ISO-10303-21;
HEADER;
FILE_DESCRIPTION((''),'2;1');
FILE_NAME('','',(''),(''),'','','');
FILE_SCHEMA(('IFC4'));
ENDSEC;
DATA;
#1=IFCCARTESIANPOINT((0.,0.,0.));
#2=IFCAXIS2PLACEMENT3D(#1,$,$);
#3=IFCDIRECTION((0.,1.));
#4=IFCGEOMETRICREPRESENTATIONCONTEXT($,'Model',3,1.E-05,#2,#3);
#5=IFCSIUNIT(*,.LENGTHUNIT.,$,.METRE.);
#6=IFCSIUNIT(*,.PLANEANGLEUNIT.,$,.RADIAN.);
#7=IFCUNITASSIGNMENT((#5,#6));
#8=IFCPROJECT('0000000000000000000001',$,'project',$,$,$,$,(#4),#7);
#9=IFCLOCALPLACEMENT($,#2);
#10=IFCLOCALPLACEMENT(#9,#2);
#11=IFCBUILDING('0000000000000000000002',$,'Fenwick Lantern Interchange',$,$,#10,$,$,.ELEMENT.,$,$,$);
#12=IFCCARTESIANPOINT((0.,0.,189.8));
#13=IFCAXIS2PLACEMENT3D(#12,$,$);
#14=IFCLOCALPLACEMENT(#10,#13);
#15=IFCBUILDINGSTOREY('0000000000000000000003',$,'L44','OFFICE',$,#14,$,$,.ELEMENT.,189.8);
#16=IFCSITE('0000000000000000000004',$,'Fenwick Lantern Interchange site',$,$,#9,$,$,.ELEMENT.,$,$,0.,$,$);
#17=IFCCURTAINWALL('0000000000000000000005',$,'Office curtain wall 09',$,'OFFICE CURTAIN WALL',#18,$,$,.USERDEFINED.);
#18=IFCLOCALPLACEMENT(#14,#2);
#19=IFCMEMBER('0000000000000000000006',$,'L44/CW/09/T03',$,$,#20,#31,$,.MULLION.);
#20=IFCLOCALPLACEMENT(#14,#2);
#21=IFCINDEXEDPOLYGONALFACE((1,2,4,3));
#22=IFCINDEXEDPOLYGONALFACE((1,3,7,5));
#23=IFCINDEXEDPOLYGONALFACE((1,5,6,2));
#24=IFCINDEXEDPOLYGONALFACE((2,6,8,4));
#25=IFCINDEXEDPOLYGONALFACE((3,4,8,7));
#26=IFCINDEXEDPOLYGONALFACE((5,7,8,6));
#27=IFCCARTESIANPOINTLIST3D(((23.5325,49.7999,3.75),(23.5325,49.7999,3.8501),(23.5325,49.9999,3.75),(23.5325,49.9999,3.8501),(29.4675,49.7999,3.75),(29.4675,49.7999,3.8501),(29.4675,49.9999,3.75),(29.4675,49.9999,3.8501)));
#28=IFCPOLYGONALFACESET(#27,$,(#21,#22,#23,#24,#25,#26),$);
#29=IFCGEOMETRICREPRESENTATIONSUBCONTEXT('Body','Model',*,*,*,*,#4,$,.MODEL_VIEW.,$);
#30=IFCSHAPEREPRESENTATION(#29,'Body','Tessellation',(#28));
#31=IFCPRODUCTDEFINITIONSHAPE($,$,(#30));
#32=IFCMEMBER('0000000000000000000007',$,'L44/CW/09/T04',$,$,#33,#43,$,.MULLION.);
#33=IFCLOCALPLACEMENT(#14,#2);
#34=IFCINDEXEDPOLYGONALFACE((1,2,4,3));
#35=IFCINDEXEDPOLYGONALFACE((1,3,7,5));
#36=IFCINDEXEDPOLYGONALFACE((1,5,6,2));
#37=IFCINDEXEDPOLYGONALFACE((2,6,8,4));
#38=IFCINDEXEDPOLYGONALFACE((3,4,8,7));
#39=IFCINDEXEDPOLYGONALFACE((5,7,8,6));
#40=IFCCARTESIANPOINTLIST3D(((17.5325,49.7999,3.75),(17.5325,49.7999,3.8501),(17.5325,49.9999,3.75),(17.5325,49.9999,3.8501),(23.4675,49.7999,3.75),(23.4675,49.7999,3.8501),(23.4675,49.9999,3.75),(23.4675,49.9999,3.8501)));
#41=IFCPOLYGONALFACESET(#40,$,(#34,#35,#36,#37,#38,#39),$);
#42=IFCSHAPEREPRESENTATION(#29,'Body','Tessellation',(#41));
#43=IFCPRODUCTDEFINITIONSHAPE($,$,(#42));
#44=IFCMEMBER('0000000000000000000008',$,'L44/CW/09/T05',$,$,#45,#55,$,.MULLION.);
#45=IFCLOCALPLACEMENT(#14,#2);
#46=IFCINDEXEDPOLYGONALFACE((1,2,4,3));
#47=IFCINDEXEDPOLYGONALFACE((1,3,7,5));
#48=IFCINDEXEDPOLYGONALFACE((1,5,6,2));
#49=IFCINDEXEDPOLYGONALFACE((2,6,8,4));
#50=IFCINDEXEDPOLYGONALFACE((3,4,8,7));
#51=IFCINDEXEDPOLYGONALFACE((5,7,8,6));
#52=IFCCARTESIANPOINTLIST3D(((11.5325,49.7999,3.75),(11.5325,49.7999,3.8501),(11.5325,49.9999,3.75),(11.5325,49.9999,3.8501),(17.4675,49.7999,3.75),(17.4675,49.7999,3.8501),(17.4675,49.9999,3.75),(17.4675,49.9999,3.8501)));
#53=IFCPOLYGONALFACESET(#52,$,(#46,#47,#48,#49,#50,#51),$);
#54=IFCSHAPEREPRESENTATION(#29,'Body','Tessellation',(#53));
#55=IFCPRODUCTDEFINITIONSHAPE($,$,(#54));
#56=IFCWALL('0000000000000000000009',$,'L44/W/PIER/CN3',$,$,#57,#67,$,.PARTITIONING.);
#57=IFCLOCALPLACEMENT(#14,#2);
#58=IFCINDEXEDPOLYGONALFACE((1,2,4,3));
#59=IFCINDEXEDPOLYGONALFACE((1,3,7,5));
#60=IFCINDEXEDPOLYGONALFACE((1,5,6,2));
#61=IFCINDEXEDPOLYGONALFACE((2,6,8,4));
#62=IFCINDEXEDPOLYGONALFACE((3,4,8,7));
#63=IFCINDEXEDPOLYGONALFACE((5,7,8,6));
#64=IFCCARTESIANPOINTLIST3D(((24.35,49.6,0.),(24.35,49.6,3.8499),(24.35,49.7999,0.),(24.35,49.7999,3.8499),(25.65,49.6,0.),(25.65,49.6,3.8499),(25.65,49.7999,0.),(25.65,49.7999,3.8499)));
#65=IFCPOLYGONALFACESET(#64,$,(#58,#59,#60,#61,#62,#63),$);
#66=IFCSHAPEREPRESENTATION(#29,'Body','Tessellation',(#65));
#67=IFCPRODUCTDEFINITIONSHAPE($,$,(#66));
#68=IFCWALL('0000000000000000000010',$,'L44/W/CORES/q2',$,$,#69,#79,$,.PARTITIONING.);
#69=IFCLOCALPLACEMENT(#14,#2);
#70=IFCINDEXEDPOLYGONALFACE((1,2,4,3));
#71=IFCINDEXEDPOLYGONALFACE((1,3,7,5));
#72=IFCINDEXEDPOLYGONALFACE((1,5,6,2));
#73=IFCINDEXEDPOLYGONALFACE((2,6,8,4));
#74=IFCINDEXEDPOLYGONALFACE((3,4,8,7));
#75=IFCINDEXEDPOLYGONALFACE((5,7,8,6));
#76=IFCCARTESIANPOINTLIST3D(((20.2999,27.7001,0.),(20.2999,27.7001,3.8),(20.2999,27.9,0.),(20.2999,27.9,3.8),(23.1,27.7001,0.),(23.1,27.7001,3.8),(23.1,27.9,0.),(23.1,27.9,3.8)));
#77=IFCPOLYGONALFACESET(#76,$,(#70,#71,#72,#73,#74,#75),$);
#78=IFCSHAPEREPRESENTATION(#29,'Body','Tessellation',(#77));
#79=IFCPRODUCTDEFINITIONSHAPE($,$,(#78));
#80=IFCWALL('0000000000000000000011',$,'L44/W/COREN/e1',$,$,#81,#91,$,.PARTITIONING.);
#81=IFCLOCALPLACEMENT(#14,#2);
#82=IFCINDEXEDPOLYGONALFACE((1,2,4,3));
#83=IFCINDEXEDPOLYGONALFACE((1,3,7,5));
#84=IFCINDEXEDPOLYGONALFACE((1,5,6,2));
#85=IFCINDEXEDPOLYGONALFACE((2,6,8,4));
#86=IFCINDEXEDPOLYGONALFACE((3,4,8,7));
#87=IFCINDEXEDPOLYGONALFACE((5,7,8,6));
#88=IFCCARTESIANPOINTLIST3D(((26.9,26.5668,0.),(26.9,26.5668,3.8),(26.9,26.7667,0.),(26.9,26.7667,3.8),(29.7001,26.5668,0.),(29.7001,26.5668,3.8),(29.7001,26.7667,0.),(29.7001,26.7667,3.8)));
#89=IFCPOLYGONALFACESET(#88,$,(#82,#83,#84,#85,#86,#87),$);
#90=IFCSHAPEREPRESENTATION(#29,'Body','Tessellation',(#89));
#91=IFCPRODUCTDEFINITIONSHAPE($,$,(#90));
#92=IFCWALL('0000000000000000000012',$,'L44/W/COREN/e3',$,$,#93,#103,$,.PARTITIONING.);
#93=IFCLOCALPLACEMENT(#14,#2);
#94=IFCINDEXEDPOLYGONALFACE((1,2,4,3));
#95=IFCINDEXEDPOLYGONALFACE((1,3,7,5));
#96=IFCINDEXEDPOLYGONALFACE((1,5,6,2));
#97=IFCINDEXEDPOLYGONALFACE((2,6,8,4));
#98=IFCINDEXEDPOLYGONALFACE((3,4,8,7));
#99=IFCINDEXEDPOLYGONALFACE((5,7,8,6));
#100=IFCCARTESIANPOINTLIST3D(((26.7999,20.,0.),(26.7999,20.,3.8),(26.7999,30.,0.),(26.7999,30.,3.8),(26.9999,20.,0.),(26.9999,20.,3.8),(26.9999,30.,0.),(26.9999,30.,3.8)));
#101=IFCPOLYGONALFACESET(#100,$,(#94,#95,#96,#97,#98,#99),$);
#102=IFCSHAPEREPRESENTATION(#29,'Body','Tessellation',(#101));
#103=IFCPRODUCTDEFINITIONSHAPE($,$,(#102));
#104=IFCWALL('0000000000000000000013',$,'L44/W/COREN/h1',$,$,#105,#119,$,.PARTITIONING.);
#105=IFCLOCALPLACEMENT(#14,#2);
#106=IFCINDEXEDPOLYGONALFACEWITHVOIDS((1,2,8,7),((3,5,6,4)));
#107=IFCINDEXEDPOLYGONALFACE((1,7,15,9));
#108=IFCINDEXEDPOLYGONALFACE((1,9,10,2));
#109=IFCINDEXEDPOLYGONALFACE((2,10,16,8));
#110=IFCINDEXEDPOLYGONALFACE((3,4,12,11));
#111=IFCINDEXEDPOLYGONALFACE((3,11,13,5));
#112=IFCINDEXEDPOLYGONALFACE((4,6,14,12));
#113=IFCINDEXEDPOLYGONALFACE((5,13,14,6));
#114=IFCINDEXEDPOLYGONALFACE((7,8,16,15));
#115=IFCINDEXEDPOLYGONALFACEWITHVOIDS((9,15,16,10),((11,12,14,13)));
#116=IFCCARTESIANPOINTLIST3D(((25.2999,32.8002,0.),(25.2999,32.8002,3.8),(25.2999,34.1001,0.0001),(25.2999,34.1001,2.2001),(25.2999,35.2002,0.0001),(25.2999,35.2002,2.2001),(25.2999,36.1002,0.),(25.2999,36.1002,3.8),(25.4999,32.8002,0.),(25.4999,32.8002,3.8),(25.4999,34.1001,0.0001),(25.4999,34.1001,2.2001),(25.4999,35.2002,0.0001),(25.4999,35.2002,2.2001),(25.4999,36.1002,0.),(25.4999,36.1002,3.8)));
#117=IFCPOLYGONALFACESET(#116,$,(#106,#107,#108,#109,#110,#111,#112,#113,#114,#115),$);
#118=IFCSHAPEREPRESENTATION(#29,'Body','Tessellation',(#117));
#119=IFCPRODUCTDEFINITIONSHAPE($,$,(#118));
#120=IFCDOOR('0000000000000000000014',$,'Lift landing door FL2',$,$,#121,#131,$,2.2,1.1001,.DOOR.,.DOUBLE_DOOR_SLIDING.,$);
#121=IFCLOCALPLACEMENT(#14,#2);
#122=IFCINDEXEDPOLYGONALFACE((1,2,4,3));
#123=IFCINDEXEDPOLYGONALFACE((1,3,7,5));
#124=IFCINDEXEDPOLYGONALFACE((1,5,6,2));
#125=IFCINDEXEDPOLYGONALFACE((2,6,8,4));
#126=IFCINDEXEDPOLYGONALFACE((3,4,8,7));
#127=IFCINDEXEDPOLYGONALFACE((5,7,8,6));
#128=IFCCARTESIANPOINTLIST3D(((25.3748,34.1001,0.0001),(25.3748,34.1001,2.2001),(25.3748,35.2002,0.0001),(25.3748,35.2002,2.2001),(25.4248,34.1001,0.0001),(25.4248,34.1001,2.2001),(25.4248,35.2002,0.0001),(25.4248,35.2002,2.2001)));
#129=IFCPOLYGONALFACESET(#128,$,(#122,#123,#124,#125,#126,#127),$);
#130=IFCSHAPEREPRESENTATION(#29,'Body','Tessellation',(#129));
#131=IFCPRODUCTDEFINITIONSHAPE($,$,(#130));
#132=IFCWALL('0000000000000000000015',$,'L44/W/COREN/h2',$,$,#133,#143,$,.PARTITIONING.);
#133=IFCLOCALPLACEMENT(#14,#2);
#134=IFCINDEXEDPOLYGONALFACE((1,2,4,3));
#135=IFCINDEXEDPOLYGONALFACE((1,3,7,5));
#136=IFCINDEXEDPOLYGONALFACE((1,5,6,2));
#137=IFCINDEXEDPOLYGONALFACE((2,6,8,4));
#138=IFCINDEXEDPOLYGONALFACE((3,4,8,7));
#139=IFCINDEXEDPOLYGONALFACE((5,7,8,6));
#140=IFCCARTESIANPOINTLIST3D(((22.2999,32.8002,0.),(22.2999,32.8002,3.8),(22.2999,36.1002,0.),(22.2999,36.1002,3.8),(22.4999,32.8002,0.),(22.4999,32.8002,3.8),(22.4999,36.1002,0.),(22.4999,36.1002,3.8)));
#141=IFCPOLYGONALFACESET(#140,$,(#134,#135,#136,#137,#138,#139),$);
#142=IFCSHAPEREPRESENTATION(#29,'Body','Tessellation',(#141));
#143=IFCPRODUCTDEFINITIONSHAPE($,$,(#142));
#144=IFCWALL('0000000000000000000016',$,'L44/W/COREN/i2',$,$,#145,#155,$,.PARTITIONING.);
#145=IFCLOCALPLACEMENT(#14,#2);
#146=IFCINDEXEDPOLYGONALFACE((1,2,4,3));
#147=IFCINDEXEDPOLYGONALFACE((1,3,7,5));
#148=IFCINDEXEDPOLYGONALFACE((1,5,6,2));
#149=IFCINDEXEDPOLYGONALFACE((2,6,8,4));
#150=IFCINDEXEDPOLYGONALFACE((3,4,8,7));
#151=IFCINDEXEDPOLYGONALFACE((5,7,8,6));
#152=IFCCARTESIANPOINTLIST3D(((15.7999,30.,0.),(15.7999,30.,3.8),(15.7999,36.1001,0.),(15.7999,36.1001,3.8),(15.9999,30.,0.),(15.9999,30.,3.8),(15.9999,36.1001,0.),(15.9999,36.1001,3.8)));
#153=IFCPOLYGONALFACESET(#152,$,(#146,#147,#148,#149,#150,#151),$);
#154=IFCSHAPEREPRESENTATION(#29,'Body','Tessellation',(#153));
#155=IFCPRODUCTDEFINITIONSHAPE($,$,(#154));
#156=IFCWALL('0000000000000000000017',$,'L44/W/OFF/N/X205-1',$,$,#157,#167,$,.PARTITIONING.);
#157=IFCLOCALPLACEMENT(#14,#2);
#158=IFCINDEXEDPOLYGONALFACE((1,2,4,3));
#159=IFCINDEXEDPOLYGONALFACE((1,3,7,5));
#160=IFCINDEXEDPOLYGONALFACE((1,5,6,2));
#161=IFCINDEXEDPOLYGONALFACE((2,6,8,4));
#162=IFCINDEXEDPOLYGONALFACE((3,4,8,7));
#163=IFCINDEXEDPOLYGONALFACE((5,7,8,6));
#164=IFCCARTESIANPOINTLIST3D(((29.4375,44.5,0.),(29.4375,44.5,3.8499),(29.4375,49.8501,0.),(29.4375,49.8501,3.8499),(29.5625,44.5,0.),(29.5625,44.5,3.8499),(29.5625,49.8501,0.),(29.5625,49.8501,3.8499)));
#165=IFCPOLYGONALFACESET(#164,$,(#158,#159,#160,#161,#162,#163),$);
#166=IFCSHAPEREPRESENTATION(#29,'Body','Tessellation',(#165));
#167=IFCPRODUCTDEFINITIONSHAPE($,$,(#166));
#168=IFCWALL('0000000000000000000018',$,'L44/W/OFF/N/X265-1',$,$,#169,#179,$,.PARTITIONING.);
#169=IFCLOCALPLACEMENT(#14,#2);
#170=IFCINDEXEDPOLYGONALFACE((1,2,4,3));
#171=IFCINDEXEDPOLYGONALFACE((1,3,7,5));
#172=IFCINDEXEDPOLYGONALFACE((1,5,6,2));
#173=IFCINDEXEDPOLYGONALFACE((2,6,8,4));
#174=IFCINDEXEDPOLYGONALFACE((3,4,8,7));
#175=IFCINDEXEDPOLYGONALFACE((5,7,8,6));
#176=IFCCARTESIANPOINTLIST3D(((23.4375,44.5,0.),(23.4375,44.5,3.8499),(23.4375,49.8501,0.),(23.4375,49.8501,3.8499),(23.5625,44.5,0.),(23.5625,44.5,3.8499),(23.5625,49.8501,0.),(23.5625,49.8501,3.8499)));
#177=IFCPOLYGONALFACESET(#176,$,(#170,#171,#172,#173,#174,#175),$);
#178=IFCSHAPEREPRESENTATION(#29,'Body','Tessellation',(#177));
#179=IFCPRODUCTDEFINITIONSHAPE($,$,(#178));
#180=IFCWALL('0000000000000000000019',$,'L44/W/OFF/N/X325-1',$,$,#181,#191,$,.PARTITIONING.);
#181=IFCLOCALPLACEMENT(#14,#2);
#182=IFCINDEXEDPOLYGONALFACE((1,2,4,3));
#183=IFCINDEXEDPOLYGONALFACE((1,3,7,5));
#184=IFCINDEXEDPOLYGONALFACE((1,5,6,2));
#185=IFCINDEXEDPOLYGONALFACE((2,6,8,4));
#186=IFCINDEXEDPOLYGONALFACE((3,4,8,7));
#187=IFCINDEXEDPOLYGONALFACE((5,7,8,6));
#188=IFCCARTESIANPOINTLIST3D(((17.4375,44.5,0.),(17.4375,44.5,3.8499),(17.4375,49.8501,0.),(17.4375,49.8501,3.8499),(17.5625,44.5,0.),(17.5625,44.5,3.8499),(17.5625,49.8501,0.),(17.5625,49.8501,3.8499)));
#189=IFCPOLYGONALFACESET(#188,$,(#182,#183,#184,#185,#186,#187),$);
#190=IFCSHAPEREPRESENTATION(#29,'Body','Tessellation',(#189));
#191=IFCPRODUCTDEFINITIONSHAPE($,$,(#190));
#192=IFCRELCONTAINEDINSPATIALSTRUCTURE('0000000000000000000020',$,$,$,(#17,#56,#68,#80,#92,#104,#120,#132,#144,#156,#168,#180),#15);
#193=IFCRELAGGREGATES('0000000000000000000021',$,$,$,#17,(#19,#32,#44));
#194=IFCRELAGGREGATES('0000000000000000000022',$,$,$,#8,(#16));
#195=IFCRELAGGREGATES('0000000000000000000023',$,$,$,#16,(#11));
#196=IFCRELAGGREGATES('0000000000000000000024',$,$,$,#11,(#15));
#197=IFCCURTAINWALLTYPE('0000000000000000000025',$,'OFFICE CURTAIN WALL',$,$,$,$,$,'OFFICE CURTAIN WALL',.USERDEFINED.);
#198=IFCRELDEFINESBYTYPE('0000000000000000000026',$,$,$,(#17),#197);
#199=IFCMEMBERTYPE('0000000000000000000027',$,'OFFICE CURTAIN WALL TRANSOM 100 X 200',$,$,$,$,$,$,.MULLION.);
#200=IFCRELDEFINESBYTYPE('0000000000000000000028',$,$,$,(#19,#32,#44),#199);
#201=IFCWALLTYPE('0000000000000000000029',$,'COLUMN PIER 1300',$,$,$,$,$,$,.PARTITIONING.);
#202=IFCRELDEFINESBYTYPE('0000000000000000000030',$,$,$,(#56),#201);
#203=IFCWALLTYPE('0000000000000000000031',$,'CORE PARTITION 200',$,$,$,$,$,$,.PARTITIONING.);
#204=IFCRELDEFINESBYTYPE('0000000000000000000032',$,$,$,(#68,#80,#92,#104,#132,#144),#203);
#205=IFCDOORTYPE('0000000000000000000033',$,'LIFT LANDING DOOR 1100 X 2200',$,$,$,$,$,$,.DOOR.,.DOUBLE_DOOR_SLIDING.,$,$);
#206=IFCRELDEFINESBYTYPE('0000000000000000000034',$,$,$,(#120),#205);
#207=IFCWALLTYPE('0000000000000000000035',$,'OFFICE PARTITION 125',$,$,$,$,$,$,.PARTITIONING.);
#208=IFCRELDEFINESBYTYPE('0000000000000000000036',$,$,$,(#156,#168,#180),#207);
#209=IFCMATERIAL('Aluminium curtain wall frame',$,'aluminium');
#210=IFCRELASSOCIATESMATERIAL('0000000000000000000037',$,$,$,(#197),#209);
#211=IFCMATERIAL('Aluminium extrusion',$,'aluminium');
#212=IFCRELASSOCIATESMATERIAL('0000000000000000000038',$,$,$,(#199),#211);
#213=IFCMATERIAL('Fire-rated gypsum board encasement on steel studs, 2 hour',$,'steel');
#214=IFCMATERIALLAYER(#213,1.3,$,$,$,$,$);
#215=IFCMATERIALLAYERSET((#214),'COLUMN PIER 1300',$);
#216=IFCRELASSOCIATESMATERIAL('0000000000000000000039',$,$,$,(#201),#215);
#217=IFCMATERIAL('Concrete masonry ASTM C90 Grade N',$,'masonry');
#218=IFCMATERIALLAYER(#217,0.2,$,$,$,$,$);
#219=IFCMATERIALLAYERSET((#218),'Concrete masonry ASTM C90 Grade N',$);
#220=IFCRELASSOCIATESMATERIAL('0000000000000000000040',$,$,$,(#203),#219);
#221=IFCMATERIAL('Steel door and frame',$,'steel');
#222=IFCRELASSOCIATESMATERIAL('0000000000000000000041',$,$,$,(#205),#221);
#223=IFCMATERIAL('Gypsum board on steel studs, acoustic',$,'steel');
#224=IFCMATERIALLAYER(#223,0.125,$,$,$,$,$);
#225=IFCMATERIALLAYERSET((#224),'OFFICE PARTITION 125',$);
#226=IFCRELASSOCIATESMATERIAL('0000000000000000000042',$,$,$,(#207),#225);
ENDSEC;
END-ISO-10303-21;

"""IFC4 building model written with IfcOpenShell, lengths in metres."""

from ifc_helpers import new_model, si_unit, direction, frame, frame_2d, origin, origin_2d, place, context, subcontext, project, spatial, rectangle, extrude, material, layer, layer_set, material_profile, profile_set, type_object, element, fill, aggregate, save


model = new_model("IFC4")

# Units and contexts
model_context = context("Model", 3, precision=1e-05, world=origin(), true_north=direction((0.0, 1.0)))
body_context = subcontext(model_context, "Body", "Model", "MODEL_VIEW")
ifc_project = project(units=[si_unit("LENGTHUNIT", "METRE"), si_unit("PLANEANGLEUNIT", "RADIAN")], contexts=[model_context])

# Site, building, storey
site_placement = place(None, origin())
site = spatial("IfcSite", under=ifc_project, at=site_placement, Name="Fenwick Lantern Interchange site", CompositionType="ELEMENT", RefElevation=0.0)
building_placement = place(site_placement, origin())
building = spatial("IfcBuilding", under=site, at=building_placement, Name="Fenwick Lantern Interchange", CompositionType="ELEMENT")
storey_placement = place(building_placement, frame((0.0, 0.0, 189.8)))
storey = spatial("IfcBuildingStorey", under=building, at=storey_placement, Name="L44", Description="OFFICE", CompositionType="ELEMENT", Elevation=189.8)

# Curtain wall, members
ifc_material_1 = material(Name="Aluminium curtain wall frame", Category="aluminium")
curtain_wall_type = type_object("IfcCurtainWallType", Name="OFFICE CURTAIN WALL", ElementType="OFFICE CURTAIN WALL", PredefinedType="USERDEFINED", material=ifc_material_1)
curtain_wall_placement = place(storey_placement, origin())
curtain_wall = element("IfcCurtainWall", 1, at=curtain_wall_placement, inside=storey, type_object=curtain_wall_type, Name="Office curtain wall 09", ObjectType="OFFICE CURTAIN WALL", PredefinedType="USERDEFINED")
ifc_material_2 = material(Name="Aluminium extrusion", Category="aluminium")
ifc_material_profile_1 = material_profile(ifc_material_2, rectangle(XDim=0.2, YDim=0.1001, at=origin_2d()), Name="OFFICE CURTAIN WALL TRANSOM 100 X 200")
ifc_profile_set_1 = profile_set([ifc_material_profile_1], Name="Aluminium extrusion")
member_type_1 = type_object("IfcMemberType", Name="OFFICE CURTAIN WALL TRANSOM 100 X 200", PredefinedType="MULLION", material=ifc_profile_set_1)
member_1_placement = place(storey_placement, frame((29.4675, 49.8999, 3.8), z_axis=(-1.0, 0.0, 0.0), x_axis=(0.0, -1.0, 0.0)))
member_1 = element("IfcMember", 2, at=member_1_placement, type_object=member_type_1, Name="L44/CW/09/T03", PredefinedType="MULLION", context=body_context, shape_type="SweptSolid", body=[
    extrude(rectangle(XDim=0.2, YDim=0.1001, at=origin_2d()), origin(), (0.0, 0.0, 1.0), 5.9351),
])
member_2_placement = place(storey_placement, frame((23.4675, 49.8999, 3.8), z_axis=(-1.0, 0.0, 0.0), x_axis=(0.0, -1.0, 0.0)))
member_2 = element("IfcMember", 3, at=member_2_placement, type_object=member_type_1, Name="L44/CW/09/T04", PredefinedType="MULLION", context=body_context, shape_type="SweptSolid", body=[
    extrude(rectangle(XDim=0.2, YDim=0.1001, at=origin_2d()), origin(), (0.0, 0.0, 1.0), 5.9351),
])
member_3_placement = place(storey_placement, frame((17.4675, 49.8999, 3.8), z_axis=(-1.0, 0.0, 0.0), x_axis=(0.0, -1.0, 0.0)))
member_3 = element("IfcMember", 4, at=member_3_placement, type_object=member_type_1, Name="L44/CW/09/T05", PredefinedType="MULLION", context=body_context, shape_type="SweptSolid", body=[
    extrude(rectangle(XDim=0.2, YDim=0.1001, at=origin_2d()), origin(), (0.0, 0.0, 1.0), 5.9351),
])
aggregate(curtain_wall, [member_1, member_2, member_3])

# Walls
ifc_material_3 = material(Name="Fire-rated gypsum board encasement on steel studs, 2 hour", Category="steel")
ifc_layer_1 = layer(ifc_material_3, 1.3)
ifc_layer_set_1 = layer_set([ifc_layer_1], Name="COLUMN PIER 1300")
wall_type_1 = type_object("IfcWallType", Name="COLUMN PIER 1300", PredefinedType="PARTITIONING", material=ifc_layer_set_1)
wall_1_placement = place(storey_placement, frame((25.0, 49.8, 0.0), z_axis=(0.0, 0.0, 1.0), x_axis=(0.0, -1.0, 0.0)))
element("IfcWall", 5, at=wall_1_placement, inside=storey, type_object=wall_type_1, Name="L44/W/PIER/CN3", PredefinedType="PARTITIONING", context=body_context, shape_type="SweptSolid", body=[
    extrude(rectangle(XDim=0.2, YDim=1.3, at=frame_2d((0.1001, 0.0))), origin(), (0.0, 0.0, 1.0), 3.8499),
])
ifc_material_4 = material(Name="Concrete masonry ASTM C90 Grade N", Category="masonry")
ifc_layer_2 = layer(ifc_material_4, 0.2)
ifc_layer_set_2 = layer_set([ifc_layer_2], Name="Concrete masonry ASTM C90 Grade N")
wall_type_2 = type_object("IfcWallType", Name="CORE PARTITION 200", PredefinedType="PARTITIONING", material=ifc_layer_set_2)
for number, where, z_axis, x_axis, name in (
    (6, (20.3, 27.8, 0.0), (0.0, 0.0, 1.0), (1.0, 0.0, 0.0), "L44/W/CORES/q2"),
    (7, (29.7, 26.6667, 0.0), (0.0, 0.0, 1.0), (-1.0, 0.0, 0.0), "L44/W/COREN/e1"),
):
    element("IfcWall", number, at=place(storey_placement, frame(where, z_axis=z_axis, x_axis=x_axis)), inside=storey, type_object=wall_type_2, Name=name, PredefinedType="PARTITIONING", context=body_context, shape_type="SweptSolid", body=[
        extrude(rectangle(XDim=2.8, YDim=0.2, at=frame_2d((1.3999, 0.0))), origin(), (0.0, 0.0, 1.0), 3.8),
    ])
wall_2_placement = place(storey_placement, frame((26.8999, 30.0, 0.0), z_axis=(0.0, 0.0, 1.0), x_axis=(0.0, -1.0, 0.0)))
element("IfcWall", 8, at=wall_2_placement, inside=storey, type_object=wall_type_2, Name="L44/W/COREN/e3", PredefinedType="PARTITIONING", context=body_context, shape_type="SweptSolid", body=[
    extrude(rectangle(XDim=10.0, YDim=0.2, at=frame_2d((5.0, 0.0))), origin(), (0.0, 0.0, 1.0), 3.8),
])

# Wall, opening, door
wall_3_placement = place(storey_placement, frame((25.3999, 36.1001, 0.0), z_axis=(0.0, 0.0, 1.0), x_axis=(0.0, -1.0, 0.0)))
wall_3 = element("IfcWall", 9, at=wall_3_placement, inside=storey, type_object=wall_type_2, Name="L44/W/COREN/h1", PredefinedType="PARTITIONING", context=body_context, shape_type="SweptSolid", body=[
    extrude(rectangle(XDim=3.3, YDim=0.2, at=frame_2d((1.6499, 0.0))), origin(), (0.0, 0.0, 1.0), 3.8),
])
opening_1_placement = place(wall_3_placement, frame((0.8999, 0.0, 0.0)))
opening_1 = element("IfcOpeningElement", 10, at=opening_1_placement, cuts=wall_3, PredefinedType="OPENING", context=body_context, shape_type="SweptSolid", body=[
    extrude(rectangle(XDim=1.1001, YDim=2.2, at=frame_2d((0.55, 1.1001))), frame((0.0, 0.1099, 0.0), z_axis=(0.0, -1.0, 0.0), x_axis=(1.0, 0.0, 0.0)), (0.0, 0.0, 1.0), 0.22),
])
ifc_material_5 = material(Name="Steel door and frame", Category="steel")
door_type_1 = type_object("IfcDoorType", Name="LIFT LANDING DOOR 1100 X 2200", OperationType="DOUBLE_DOOR_SLIDING", PredefinedType="DOOR", material=ifc_material_5)
door_1_placement = place(opening_1_placement, origin())
door_1 = element("IfcDoor", 11, at=door_1_placement, inside=storey, type_object=door_type_1, Name="Lift landing door FL2", OperationType="DOUBLE_DOOR_SLIDING", OverallHeight=2.2, OverallWidth=1.1001, PredefinedType="DOOR", context=body_context, shape_type="SweptSolid", body=[
    extrude(rectangle(XDim=1.1001, YDim=2.2, at=frame_2d((0.55, 1.1001))), frame((0.0, 0.0249, 0.0), z_axis=(0.0, -1.0, 0.0), x_axis=(1.0, 0.0, 0.0)), (0.0, 0.0, 1.0), 0.05),
])
fill(opening_1, door_1)

# Walls
wall_4_placement = place(storey_placement, frame((22.3999, 36.1001, 0.0), z_axis=(0.0, 0.0, 1.0), x_axis=(0.0, -1.0, 0.0)))
element("IfcWall", 12, at=wall_4_placement, inside=storey, type_object=wall_type_2, Name="L44/W/COREN/h2", PredefinedType="PARTITIONING", context=body_context, shape_type="SweptSolid", body=[
    extrude(rectangle(XDim=3.3, YDim=0.2, at=frame_2d((1.6499, 0.0))), origin(), (0.0, 0.0, 1.0), 3.8),
])
wall_5_placement = place(storey_placement, frame((15.8999, 36.1001, 0.0), z_axis=(0.0, 0.0, 1.0), x_axis=(0.0, -1.0, 0.0)))
element("IfcWall", 13, at=wall_5_placement, inside=storey, type_object=wall_type_2, Name="L44/W/COREN/i2", PredefinedType="PARTITIONING", context=body_context, shape_type="SweptSolid", body=[
    extrude(rectangle(XDim=6.1001, YDim=0.2, at=frame_2d((3.05, 0.0))), origin(), (0.0, 0.0, 1.0), 3.8),
])
ifc_material_6 = material(Name="Gypsum board on steel studs, acoustic", Category="steel")
ifc_layer_3 = layer(ifc_material_6, 0.125)
ifc_layer_set_3 = layer_set([ifc_layer_3], Name="OFFICE PARTITION 125")
wall_type_3 = type_object("IfcWallType", Name="OFFICE PARTITION 125", PredefinedType="PARTITIONING", material=ifc_layer_set_3)
for number, where, z_axis, x_axis, name in (
    (14, (29.5, 49.8501, 0.0), (0.0, 0.0, 1.0), (0.0, -1.0, 0.0), "L44/W/OFF/N/X205-1"),
    (15, (23.5, 49.8501, 0.0), (0.0, 0.0, 1.0), (0.0, -1.0, 0.0), "L44/W/OFF/N/X265-1"),
    (16, (17.5, 49.8501, 0.0), (0.0, 0.0, 1.0), (0.0, -1.0, 0.0), "L44/W/OFF/N/X325-1"),
):
    element("IfcWall", number, at=place(storey_placement, frame(where, z_axis=z_axis, x_axis=x_axis)), inside=storey, type_object=wall_type_3, Name=name, PredefinedType="PARTITIONING", context=body_context, shape_type="SweptSolid", body=[
        extrude(rectangle(XDim=5.3501, YDim=0.125, at=frame_2d((2.675, 0.0))), origin(), (0.0, 0.0, 1.0), 3.8499),
    ])

save(model, "model.ifc")
